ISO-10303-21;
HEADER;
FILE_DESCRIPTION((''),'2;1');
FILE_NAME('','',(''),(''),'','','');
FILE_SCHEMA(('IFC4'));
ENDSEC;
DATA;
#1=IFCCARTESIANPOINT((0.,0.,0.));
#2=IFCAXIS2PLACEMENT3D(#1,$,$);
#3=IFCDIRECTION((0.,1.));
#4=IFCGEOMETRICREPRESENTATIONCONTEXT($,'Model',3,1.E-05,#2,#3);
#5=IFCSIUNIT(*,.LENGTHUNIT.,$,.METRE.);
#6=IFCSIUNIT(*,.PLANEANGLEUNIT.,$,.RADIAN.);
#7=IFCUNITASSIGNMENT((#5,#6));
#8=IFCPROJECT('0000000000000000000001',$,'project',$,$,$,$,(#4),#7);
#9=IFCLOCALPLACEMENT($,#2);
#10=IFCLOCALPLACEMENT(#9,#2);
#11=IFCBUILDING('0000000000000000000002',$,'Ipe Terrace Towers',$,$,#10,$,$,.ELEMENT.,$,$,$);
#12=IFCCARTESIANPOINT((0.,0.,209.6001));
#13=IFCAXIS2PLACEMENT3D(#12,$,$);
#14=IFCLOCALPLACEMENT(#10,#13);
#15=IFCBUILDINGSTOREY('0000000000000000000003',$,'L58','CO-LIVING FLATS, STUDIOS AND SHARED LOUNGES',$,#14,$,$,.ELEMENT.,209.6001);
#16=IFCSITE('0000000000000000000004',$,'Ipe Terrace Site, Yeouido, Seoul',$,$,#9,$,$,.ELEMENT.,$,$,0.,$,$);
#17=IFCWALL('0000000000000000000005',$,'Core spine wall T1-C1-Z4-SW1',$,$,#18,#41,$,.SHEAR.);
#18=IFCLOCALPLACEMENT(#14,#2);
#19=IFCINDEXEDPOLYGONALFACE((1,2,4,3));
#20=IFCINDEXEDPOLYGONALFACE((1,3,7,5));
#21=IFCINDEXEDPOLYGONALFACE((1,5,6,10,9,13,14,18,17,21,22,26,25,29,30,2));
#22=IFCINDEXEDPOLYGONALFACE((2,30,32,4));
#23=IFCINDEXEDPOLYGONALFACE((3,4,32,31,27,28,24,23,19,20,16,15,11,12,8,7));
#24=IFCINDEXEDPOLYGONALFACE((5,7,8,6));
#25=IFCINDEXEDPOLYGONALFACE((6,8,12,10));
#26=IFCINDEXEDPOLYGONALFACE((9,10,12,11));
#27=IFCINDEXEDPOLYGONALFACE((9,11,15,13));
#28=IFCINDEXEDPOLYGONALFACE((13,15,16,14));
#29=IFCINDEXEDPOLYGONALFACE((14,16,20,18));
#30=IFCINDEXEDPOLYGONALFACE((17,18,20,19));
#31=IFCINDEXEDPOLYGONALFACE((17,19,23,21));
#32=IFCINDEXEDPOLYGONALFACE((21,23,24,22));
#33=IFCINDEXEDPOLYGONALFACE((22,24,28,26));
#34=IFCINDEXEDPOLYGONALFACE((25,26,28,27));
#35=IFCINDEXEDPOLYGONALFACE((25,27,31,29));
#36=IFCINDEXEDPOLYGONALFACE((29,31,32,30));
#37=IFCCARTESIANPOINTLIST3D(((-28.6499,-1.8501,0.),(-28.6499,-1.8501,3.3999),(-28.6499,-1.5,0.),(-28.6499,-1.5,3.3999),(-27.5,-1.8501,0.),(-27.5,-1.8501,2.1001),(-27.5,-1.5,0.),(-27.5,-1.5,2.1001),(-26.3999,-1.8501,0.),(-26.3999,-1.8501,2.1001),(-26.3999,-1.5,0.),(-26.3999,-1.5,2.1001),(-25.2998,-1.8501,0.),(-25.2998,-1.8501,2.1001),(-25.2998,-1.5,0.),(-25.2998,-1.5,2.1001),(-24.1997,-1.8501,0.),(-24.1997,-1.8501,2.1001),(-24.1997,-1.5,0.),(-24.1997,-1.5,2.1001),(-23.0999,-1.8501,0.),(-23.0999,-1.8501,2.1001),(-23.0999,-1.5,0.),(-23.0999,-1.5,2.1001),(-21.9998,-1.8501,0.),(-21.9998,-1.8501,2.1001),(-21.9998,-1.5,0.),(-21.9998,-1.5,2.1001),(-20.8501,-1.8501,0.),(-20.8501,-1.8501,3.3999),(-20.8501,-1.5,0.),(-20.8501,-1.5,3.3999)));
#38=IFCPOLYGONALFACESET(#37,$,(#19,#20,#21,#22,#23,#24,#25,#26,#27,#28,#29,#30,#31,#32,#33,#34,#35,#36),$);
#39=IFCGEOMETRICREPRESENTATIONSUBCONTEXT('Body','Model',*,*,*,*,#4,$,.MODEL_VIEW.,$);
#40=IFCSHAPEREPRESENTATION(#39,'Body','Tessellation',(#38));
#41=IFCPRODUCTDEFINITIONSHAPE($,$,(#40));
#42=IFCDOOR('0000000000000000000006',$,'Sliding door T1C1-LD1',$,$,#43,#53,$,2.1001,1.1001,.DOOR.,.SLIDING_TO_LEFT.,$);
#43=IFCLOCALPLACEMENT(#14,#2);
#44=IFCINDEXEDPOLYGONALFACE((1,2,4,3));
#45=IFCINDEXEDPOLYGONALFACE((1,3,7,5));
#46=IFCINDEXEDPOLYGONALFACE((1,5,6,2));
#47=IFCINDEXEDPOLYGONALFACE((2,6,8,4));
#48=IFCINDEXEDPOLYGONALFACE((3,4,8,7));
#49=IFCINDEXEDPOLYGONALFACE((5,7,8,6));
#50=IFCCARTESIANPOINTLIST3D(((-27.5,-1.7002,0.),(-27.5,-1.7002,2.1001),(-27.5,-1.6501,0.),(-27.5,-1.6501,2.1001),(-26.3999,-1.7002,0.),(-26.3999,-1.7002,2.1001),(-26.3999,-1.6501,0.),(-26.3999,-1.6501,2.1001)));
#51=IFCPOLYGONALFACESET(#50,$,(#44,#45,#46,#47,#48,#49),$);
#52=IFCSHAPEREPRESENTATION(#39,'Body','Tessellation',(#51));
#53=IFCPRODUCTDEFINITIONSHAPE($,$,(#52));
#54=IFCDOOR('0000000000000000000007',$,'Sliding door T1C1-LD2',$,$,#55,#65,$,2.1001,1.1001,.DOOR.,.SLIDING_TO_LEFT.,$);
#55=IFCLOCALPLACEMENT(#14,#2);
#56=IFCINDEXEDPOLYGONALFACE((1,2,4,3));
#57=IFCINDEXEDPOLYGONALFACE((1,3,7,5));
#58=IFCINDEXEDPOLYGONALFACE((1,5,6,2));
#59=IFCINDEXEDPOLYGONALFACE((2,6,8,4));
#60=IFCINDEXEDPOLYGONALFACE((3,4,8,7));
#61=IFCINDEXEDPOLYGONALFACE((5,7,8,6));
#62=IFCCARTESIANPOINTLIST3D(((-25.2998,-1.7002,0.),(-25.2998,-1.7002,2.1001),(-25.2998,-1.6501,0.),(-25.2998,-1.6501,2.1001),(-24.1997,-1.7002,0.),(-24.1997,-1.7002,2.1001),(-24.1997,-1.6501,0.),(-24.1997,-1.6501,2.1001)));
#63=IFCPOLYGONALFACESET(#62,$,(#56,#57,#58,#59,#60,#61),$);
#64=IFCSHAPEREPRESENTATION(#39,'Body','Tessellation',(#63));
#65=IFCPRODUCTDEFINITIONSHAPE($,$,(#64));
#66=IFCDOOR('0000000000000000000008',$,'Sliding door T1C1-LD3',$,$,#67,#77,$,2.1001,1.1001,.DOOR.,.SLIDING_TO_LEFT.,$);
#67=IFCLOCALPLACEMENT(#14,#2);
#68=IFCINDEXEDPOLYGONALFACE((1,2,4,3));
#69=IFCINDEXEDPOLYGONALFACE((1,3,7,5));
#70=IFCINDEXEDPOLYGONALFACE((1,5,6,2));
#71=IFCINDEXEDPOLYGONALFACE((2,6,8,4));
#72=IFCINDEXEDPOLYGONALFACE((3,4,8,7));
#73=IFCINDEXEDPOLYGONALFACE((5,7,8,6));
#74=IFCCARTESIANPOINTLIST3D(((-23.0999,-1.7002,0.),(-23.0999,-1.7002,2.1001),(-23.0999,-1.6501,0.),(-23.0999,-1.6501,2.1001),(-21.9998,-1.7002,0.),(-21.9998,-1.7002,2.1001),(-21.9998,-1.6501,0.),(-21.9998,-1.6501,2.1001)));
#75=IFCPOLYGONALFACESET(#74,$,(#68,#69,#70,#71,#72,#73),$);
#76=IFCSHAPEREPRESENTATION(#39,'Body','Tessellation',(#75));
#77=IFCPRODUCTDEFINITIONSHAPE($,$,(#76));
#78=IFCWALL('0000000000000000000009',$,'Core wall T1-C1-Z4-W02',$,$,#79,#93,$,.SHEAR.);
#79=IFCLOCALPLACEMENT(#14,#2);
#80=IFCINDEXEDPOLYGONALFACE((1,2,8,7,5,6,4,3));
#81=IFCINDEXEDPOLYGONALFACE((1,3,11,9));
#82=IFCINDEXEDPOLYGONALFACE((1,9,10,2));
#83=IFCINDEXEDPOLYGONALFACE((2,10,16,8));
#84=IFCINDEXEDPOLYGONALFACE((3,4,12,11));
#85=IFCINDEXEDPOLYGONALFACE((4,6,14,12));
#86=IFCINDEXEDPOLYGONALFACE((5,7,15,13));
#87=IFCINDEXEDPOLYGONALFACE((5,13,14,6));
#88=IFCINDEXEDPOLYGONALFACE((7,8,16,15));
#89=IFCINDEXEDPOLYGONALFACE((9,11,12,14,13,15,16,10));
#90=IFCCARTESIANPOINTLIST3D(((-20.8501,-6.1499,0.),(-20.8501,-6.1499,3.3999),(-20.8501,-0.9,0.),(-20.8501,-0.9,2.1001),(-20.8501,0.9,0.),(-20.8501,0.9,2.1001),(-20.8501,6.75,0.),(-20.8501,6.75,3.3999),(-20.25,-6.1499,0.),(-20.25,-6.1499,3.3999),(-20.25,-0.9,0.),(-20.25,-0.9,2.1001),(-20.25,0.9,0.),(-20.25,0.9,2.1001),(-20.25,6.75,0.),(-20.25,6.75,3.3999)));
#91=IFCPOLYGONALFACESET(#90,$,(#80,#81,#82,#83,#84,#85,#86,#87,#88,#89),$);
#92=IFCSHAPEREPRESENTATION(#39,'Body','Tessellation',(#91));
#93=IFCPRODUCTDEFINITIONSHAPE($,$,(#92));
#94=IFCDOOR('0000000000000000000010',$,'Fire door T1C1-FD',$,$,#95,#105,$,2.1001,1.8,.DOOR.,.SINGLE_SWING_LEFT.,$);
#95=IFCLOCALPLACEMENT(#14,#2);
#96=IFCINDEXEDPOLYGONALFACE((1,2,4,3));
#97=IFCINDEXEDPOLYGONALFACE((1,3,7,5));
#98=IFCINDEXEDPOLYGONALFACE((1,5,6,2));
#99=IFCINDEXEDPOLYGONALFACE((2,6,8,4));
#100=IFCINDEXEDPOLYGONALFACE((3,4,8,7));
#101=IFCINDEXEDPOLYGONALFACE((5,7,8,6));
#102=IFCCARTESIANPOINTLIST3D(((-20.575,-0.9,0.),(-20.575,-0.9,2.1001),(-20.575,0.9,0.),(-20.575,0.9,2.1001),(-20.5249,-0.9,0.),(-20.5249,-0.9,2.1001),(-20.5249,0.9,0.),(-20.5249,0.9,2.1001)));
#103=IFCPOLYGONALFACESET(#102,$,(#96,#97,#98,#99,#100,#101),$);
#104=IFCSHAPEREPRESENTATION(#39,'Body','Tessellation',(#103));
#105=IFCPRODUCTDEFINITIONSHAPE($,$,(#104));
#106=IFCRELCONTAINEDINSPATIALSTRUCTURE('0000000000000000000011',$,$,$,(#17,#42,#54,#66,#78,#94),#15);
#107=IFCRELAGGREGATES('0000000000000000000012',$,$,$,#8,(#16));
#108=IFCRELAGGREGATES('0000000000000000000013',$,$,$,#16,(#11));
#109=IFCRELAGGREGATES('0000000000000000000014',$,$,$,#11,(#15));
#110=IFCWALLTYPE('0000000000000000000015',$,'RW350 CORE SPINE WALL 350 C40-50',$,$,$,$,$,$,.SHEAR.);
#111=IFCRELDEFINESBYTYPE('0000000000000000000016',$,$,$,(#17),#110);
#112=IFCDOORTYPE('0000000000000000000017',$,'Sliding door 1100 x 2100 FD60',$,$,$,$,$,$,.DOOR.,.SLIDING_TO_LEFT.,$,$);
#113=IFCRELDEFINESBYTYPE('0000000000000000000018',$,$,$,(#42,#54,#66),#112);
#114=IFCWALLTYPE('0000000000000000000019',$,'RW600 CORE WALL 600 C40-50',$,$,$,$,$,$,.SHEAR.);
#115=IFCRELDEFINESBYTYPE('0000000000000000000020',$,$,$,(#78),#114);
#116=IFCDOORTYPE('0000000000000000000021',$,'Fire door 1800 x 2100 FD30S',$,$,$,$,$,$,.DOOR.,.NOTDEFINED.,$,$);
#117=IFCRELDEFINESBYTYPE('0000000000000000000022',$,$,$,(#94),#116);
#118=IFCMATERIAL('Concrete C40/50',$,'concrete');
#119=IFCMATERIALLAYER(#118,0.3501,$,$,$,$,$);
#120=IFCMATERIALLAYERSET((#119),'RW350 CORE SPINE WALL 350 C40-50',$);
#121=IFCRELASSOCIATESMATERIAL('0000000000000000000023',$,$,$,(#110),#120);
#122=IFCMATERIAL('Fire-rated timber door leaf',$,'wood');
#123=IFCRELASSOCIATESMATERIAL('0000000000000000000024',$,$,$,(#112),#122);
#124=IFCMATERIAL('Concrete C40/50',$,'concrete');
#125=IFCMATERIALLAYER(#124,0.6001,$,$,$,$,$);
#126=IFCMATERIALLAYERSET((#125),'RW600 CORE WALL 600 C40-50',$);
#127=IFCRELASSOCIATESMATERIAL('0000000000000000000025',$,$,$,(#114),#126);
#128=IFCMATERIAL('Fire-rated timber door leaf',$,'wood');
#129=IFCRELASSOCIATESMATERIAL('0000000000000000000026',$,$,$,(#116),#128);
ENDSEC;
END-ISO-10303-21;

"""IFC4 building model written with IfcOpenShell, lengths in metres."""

from ifc_helpers import new_model, si_unit, direction, frame, frame_2d, origin, place, context, subcontext, project, spatial, rectangle, extrude, material, layer, layer_set, type_object, element, fill, save


model = new_model("IFC4")

# Units and contexts
model_context = context("Model", 3, precision=1e-05, world=origin(), true_north=direction((0.0, 1.0)))
body_context = subcontext(model_context, "Body", "Model", "MODEL_VIEW")
ifc_project = project(units=[si_unit("LENGTHUNIT", "METRE"), si_unit("PLANEANGLEUNIT", "RADIAN")], contexts=[model_context])

# Site, building, storey
site_placement = place(None, origin())
site = spatial("IfcSite", under=ifc_project, at=site_placement, Name="Ipe Terrace Site, Yeouido, Seoul", CompositionType="ELEMENT", RefElevation=0.0)
building_placement = place(site_placement, origin())
building = spatial("IfcBuilding", under=site, at=building_placement, Name="Ipe Terrace Towers", CompositionType="ELEMENT")
storey_placement = place(building_placement, frame((0.0, 0.0, 209.6001)))
storey = spatial("IfcBuildingStorey", under=building, at=storey_placement, Name="L58", Description="CO-LIVING FLATS, STUDIOS AND SHARED LOUNGES", CompositionType="ELEMENT", Elevation=209.6001)

# Wall, openings, doors
ifc_material_1 = material(Name="Concrete C40/50", Category="concrete")
ifc_layer_1 = layer(ifc_material_1, 0.3501)
ifc_layer_set_1 = layer_set([ifc_layer_1], Name="RW350 CORE SPINE WALL 350 C40-50")
wall_type_1 = type_object("IfcWallType", Name="RW350 CORE SPINE WALL 350 C40-50", PredefinedType="SHEAR", material=ifc_layer_set_1)
wall_1_placement = place(storey_placement, frame((-28.6499, -1.675, 0.0), z_axis=(0.0, 0.0, 1.0), x_axis=(1.0, 0.0, 0.0)))
wall_1 = element("IfcWall", 1, at=wall_1_placement, inside=storey, type_object=wall_type_1, Name="Core spine wall T1-C1-Z4-SW1", PredefinedType="SHEAR", context=body_context, shape_type="SweptSolid", body=[
    extrude(rectangle(XDim=7.7998, YDim=0.3501, at=frame_2d((3.8999, 0.0))), origin(), (0.0, 0.0, 1.0), 3.3999),
])
opening_1_placement = place(wall_1_placement, frame((1.1499, 0.0, 0.0)))
opening_1 = element("IfcOpeningElement", 2, at=opening_1_placement, cuts=wall_1, PredefinedType="OPENING", context=body_context, shape_type="SweptSolid", body=[
    extrude(rectangle(XDim=1.1001, YDim=2.1001, at=frame_2d((0.55, 1.05))), frame((0.0, 0.1851, 0.0), z_axis=(0.0, -1.0, 0.0), x_axis=(1.0, 0.0, 0.0)), (0.0, 0.0, 1.0), 0.3701),
])
opening_2_placement = place(wall_1_placement, frame((3.3501, 0.0, 0.0)))
opening_2 = element("IfcOpeningElement", 3, at=opening_2_placement, cuts=wall_1, PredefinedType="OPENING", context=body_context, shape_type="SweptSolid", body=[
    extrude(rectangle(XDim=1.1001, YDim=2.1001, at=frame_2d((0.55, 1.05))), frame((0.0, 0.1851, 0.0), z_axis=(0.0, -1.0, 0.0), x_axis=(1.0, 0.0, 0.0)), (0.0, 0.0, 1.0), 0.3701),
])
opening_3_placement = place(wall_1_placement, frame((5.55, 0.0, 0.0)))
opening_3 = element("IfcOpeningElement", 4, at=opening_3_placement, cuts=wall_1, PredefinedType="OPENING", context=body_context, shape_type="SweptSolid", body=[
    extrude(rectangle(XDim=1.1001, YDim=2.1001, at=frame_2d((0.55, 1.05))), frame((0.0, 0.1851, 0.0), z_axis=(0.0, -1.0, 0.0), x_axis=(1.0, 0.0, 0.0)), (0.0, 0.0, 1.0), 0.3701),
])
ifc_material_2 = material(Name="Fire-rated timber door leaf", Category="wood")
door_type_1 = type_object("IfcDoorType", Name="Sliding door 1100 x 2100 FD60", OperationType="SLIDING_TO_LEFT", PredefinedType="DOOR", material=ifc_material_2)
door_1_placement = place(opening_1_placement, origin())
door_1 = element("IfcDoor", 5, at=door_1_placement, inside=storey, type_object=door_type_1, Name="Sliding door T1C1-LD1", OperationType="SLIDING_TO_LEFT", OverallHeight=2.1001, OverallWidth=1.1001, PredefinedType="DOOR", context=body_context, shape_type="SweptSolid", body=[
    extrude(rectangle(XDim=1.1001, YDim=2.1001, at=frame_2d((0.55, 1.05))), frame((0.0, 0.0249, 0.0), z_axis=(0.0, -1.0, 0.0), x_axis=(1.0, 0.0, 0.0)), (0.0, 0.0, 1.0), 0.05),
])
fill(opening_1, door_1)
door_2_placement = place(opening_2_placement, origin())
door_2 = element("IfcDoor", 6, at=door_2_placement, inside=storey, type_object=door_type_1, Name="Sliding door T1C1-LD2", OperationType="SLIDING_TO_LEFT", OverallHeight=2.1001, OverallWidth=1.1001, PredefinedType="DOOR", context=body_context, shape_type="SweptSolid", body=[
    extrude(rectangle(XDim=1.1001, YDim=2.1001, at=frame_2d((0.55, 1.05))), frame((0.0, 0.0249, 0.0), z_axis=(0.0, -1.0, 0.0), x_axis=(1.0, 0.0, 0.0)), (0.0, 0.0, 1.0), 0.05),
])
fill(opening_2, door_2)
door_3_placement = place(opening_3_placement, origin())
door_3 = element("IfcDoor", 7, at=door_3_placement, inside=storey, type_object=door_type_1, Name="Sliding door T1C1-LD3", OperationType="SLIDING_TO_LEFT", OverallHeight=2.1001, OverallWidth=1.1001, PredefinedType="DOOR", context=body_context, shape_type="SweptSolid", body=[
    extrude(rectangle(XDim=1.1001, YDim=2.1001, at=frame_2d((0.55, 1.05))), frame((0.0, 0.0249, 0.0), z_axis=(0.0, -1.0, 0.0), x_axis=(1.0, 0.0, 0.0)), (0.0, 0.0, 1.0), 0.05),
])
fill(opening_3, door_3)

# Wall, opening, door
ifc_material_3 = material(Name="Concrete C40/50", Category="concrete")
ifc_layer_2 = layer(ifc_material_3, 0.6001)
ifc_layer_set_2 = layer_set([ifc_layer_2], Name="RW600 CORE WALL 600 C40-50")
wall_type_2 = type_object("IfcWallType", Name="RW600 CORE WALL 600 C40-50", PredefinedType="SHEAR", material=ifc_layer_set_2)
wall_2_placement = place(storey_placement, frame((-20.55, -6.1499, 0.0), z_axis=(0.0, 0.0, 1.0), x_axis=(0.0, 1.0, 0.0)))
wall_2 = element("IfcWall", 8, at=wall_2_placement, inside=storey, type_object=wall_type_2, Name="Core wall T1-C1-Z4-W02", PredefinedType="SHEAR", context=body_context, shape_type="SweptSolid", body=[
    extrude(rectangle(XDim=12.8999, YDim=0.6001, at=frame_2d((6.45, 0.0))), origin(), (0.0, 0.0, 1.0), 3.3999),
])
opening_4_placement = place(wall_2_placement, frame((5.25, 0.0, 0.0)))
opening_4 = element("IfcOpeningElement", 9, at=opening_4_placement, cuts=wall_2, PredefinedType="OPENING", context=body_context, shape_type="SweptSolid", body=[
    extrude(rectangle(XDim=1.8, YDim=2.1001, at=frame_2d((0.8999, 1.05))), frame((0.0, 0.3101, 0.0), z_axis=(0.0, -1.0, 0.0), x_axis=(1.0, 0.0, 0.0)), (0.0, 0.0, 1.0), 0.6201),
])
ifc_material_4 = material(Name="Fire-rated timber door leaf", Category="wood")
door_type_2 = type_object("IfcDoorType", Name="Fire door 1800 x 2100 FD30S", OperationType="NOTDEFINED", PredefinedType="DOOR", material=ifc_material_4)
door_4_placement = place(opening_4_placement, origin())
door_4 = element("IfcDoor", 10, at=door_4_placement, inside=storey, type_object=door_type_2, Name="Fire door T1C1-FD", OperationType="SINGLE_SWING_LEFT", OverallHeight=2.1001, OverallWidth=1.8, PredefinedType="DOOR", context=body_context, shape_type="SweptSolid", body=[
    extrude(rectangle(XDim=1.8, YDim=2.1001, at=frame_2d((0.8999, 1.05))), frame((0.0, 0.0249, 0.0), z_axis=(0.0, -1.0, 0.0), x_axis=(1.0, 0.0, 0.0)), (0.0, 0.0, 1.0), 0.05),
])
fill(opening_4, door_4)

save(model, "model.ifc")
